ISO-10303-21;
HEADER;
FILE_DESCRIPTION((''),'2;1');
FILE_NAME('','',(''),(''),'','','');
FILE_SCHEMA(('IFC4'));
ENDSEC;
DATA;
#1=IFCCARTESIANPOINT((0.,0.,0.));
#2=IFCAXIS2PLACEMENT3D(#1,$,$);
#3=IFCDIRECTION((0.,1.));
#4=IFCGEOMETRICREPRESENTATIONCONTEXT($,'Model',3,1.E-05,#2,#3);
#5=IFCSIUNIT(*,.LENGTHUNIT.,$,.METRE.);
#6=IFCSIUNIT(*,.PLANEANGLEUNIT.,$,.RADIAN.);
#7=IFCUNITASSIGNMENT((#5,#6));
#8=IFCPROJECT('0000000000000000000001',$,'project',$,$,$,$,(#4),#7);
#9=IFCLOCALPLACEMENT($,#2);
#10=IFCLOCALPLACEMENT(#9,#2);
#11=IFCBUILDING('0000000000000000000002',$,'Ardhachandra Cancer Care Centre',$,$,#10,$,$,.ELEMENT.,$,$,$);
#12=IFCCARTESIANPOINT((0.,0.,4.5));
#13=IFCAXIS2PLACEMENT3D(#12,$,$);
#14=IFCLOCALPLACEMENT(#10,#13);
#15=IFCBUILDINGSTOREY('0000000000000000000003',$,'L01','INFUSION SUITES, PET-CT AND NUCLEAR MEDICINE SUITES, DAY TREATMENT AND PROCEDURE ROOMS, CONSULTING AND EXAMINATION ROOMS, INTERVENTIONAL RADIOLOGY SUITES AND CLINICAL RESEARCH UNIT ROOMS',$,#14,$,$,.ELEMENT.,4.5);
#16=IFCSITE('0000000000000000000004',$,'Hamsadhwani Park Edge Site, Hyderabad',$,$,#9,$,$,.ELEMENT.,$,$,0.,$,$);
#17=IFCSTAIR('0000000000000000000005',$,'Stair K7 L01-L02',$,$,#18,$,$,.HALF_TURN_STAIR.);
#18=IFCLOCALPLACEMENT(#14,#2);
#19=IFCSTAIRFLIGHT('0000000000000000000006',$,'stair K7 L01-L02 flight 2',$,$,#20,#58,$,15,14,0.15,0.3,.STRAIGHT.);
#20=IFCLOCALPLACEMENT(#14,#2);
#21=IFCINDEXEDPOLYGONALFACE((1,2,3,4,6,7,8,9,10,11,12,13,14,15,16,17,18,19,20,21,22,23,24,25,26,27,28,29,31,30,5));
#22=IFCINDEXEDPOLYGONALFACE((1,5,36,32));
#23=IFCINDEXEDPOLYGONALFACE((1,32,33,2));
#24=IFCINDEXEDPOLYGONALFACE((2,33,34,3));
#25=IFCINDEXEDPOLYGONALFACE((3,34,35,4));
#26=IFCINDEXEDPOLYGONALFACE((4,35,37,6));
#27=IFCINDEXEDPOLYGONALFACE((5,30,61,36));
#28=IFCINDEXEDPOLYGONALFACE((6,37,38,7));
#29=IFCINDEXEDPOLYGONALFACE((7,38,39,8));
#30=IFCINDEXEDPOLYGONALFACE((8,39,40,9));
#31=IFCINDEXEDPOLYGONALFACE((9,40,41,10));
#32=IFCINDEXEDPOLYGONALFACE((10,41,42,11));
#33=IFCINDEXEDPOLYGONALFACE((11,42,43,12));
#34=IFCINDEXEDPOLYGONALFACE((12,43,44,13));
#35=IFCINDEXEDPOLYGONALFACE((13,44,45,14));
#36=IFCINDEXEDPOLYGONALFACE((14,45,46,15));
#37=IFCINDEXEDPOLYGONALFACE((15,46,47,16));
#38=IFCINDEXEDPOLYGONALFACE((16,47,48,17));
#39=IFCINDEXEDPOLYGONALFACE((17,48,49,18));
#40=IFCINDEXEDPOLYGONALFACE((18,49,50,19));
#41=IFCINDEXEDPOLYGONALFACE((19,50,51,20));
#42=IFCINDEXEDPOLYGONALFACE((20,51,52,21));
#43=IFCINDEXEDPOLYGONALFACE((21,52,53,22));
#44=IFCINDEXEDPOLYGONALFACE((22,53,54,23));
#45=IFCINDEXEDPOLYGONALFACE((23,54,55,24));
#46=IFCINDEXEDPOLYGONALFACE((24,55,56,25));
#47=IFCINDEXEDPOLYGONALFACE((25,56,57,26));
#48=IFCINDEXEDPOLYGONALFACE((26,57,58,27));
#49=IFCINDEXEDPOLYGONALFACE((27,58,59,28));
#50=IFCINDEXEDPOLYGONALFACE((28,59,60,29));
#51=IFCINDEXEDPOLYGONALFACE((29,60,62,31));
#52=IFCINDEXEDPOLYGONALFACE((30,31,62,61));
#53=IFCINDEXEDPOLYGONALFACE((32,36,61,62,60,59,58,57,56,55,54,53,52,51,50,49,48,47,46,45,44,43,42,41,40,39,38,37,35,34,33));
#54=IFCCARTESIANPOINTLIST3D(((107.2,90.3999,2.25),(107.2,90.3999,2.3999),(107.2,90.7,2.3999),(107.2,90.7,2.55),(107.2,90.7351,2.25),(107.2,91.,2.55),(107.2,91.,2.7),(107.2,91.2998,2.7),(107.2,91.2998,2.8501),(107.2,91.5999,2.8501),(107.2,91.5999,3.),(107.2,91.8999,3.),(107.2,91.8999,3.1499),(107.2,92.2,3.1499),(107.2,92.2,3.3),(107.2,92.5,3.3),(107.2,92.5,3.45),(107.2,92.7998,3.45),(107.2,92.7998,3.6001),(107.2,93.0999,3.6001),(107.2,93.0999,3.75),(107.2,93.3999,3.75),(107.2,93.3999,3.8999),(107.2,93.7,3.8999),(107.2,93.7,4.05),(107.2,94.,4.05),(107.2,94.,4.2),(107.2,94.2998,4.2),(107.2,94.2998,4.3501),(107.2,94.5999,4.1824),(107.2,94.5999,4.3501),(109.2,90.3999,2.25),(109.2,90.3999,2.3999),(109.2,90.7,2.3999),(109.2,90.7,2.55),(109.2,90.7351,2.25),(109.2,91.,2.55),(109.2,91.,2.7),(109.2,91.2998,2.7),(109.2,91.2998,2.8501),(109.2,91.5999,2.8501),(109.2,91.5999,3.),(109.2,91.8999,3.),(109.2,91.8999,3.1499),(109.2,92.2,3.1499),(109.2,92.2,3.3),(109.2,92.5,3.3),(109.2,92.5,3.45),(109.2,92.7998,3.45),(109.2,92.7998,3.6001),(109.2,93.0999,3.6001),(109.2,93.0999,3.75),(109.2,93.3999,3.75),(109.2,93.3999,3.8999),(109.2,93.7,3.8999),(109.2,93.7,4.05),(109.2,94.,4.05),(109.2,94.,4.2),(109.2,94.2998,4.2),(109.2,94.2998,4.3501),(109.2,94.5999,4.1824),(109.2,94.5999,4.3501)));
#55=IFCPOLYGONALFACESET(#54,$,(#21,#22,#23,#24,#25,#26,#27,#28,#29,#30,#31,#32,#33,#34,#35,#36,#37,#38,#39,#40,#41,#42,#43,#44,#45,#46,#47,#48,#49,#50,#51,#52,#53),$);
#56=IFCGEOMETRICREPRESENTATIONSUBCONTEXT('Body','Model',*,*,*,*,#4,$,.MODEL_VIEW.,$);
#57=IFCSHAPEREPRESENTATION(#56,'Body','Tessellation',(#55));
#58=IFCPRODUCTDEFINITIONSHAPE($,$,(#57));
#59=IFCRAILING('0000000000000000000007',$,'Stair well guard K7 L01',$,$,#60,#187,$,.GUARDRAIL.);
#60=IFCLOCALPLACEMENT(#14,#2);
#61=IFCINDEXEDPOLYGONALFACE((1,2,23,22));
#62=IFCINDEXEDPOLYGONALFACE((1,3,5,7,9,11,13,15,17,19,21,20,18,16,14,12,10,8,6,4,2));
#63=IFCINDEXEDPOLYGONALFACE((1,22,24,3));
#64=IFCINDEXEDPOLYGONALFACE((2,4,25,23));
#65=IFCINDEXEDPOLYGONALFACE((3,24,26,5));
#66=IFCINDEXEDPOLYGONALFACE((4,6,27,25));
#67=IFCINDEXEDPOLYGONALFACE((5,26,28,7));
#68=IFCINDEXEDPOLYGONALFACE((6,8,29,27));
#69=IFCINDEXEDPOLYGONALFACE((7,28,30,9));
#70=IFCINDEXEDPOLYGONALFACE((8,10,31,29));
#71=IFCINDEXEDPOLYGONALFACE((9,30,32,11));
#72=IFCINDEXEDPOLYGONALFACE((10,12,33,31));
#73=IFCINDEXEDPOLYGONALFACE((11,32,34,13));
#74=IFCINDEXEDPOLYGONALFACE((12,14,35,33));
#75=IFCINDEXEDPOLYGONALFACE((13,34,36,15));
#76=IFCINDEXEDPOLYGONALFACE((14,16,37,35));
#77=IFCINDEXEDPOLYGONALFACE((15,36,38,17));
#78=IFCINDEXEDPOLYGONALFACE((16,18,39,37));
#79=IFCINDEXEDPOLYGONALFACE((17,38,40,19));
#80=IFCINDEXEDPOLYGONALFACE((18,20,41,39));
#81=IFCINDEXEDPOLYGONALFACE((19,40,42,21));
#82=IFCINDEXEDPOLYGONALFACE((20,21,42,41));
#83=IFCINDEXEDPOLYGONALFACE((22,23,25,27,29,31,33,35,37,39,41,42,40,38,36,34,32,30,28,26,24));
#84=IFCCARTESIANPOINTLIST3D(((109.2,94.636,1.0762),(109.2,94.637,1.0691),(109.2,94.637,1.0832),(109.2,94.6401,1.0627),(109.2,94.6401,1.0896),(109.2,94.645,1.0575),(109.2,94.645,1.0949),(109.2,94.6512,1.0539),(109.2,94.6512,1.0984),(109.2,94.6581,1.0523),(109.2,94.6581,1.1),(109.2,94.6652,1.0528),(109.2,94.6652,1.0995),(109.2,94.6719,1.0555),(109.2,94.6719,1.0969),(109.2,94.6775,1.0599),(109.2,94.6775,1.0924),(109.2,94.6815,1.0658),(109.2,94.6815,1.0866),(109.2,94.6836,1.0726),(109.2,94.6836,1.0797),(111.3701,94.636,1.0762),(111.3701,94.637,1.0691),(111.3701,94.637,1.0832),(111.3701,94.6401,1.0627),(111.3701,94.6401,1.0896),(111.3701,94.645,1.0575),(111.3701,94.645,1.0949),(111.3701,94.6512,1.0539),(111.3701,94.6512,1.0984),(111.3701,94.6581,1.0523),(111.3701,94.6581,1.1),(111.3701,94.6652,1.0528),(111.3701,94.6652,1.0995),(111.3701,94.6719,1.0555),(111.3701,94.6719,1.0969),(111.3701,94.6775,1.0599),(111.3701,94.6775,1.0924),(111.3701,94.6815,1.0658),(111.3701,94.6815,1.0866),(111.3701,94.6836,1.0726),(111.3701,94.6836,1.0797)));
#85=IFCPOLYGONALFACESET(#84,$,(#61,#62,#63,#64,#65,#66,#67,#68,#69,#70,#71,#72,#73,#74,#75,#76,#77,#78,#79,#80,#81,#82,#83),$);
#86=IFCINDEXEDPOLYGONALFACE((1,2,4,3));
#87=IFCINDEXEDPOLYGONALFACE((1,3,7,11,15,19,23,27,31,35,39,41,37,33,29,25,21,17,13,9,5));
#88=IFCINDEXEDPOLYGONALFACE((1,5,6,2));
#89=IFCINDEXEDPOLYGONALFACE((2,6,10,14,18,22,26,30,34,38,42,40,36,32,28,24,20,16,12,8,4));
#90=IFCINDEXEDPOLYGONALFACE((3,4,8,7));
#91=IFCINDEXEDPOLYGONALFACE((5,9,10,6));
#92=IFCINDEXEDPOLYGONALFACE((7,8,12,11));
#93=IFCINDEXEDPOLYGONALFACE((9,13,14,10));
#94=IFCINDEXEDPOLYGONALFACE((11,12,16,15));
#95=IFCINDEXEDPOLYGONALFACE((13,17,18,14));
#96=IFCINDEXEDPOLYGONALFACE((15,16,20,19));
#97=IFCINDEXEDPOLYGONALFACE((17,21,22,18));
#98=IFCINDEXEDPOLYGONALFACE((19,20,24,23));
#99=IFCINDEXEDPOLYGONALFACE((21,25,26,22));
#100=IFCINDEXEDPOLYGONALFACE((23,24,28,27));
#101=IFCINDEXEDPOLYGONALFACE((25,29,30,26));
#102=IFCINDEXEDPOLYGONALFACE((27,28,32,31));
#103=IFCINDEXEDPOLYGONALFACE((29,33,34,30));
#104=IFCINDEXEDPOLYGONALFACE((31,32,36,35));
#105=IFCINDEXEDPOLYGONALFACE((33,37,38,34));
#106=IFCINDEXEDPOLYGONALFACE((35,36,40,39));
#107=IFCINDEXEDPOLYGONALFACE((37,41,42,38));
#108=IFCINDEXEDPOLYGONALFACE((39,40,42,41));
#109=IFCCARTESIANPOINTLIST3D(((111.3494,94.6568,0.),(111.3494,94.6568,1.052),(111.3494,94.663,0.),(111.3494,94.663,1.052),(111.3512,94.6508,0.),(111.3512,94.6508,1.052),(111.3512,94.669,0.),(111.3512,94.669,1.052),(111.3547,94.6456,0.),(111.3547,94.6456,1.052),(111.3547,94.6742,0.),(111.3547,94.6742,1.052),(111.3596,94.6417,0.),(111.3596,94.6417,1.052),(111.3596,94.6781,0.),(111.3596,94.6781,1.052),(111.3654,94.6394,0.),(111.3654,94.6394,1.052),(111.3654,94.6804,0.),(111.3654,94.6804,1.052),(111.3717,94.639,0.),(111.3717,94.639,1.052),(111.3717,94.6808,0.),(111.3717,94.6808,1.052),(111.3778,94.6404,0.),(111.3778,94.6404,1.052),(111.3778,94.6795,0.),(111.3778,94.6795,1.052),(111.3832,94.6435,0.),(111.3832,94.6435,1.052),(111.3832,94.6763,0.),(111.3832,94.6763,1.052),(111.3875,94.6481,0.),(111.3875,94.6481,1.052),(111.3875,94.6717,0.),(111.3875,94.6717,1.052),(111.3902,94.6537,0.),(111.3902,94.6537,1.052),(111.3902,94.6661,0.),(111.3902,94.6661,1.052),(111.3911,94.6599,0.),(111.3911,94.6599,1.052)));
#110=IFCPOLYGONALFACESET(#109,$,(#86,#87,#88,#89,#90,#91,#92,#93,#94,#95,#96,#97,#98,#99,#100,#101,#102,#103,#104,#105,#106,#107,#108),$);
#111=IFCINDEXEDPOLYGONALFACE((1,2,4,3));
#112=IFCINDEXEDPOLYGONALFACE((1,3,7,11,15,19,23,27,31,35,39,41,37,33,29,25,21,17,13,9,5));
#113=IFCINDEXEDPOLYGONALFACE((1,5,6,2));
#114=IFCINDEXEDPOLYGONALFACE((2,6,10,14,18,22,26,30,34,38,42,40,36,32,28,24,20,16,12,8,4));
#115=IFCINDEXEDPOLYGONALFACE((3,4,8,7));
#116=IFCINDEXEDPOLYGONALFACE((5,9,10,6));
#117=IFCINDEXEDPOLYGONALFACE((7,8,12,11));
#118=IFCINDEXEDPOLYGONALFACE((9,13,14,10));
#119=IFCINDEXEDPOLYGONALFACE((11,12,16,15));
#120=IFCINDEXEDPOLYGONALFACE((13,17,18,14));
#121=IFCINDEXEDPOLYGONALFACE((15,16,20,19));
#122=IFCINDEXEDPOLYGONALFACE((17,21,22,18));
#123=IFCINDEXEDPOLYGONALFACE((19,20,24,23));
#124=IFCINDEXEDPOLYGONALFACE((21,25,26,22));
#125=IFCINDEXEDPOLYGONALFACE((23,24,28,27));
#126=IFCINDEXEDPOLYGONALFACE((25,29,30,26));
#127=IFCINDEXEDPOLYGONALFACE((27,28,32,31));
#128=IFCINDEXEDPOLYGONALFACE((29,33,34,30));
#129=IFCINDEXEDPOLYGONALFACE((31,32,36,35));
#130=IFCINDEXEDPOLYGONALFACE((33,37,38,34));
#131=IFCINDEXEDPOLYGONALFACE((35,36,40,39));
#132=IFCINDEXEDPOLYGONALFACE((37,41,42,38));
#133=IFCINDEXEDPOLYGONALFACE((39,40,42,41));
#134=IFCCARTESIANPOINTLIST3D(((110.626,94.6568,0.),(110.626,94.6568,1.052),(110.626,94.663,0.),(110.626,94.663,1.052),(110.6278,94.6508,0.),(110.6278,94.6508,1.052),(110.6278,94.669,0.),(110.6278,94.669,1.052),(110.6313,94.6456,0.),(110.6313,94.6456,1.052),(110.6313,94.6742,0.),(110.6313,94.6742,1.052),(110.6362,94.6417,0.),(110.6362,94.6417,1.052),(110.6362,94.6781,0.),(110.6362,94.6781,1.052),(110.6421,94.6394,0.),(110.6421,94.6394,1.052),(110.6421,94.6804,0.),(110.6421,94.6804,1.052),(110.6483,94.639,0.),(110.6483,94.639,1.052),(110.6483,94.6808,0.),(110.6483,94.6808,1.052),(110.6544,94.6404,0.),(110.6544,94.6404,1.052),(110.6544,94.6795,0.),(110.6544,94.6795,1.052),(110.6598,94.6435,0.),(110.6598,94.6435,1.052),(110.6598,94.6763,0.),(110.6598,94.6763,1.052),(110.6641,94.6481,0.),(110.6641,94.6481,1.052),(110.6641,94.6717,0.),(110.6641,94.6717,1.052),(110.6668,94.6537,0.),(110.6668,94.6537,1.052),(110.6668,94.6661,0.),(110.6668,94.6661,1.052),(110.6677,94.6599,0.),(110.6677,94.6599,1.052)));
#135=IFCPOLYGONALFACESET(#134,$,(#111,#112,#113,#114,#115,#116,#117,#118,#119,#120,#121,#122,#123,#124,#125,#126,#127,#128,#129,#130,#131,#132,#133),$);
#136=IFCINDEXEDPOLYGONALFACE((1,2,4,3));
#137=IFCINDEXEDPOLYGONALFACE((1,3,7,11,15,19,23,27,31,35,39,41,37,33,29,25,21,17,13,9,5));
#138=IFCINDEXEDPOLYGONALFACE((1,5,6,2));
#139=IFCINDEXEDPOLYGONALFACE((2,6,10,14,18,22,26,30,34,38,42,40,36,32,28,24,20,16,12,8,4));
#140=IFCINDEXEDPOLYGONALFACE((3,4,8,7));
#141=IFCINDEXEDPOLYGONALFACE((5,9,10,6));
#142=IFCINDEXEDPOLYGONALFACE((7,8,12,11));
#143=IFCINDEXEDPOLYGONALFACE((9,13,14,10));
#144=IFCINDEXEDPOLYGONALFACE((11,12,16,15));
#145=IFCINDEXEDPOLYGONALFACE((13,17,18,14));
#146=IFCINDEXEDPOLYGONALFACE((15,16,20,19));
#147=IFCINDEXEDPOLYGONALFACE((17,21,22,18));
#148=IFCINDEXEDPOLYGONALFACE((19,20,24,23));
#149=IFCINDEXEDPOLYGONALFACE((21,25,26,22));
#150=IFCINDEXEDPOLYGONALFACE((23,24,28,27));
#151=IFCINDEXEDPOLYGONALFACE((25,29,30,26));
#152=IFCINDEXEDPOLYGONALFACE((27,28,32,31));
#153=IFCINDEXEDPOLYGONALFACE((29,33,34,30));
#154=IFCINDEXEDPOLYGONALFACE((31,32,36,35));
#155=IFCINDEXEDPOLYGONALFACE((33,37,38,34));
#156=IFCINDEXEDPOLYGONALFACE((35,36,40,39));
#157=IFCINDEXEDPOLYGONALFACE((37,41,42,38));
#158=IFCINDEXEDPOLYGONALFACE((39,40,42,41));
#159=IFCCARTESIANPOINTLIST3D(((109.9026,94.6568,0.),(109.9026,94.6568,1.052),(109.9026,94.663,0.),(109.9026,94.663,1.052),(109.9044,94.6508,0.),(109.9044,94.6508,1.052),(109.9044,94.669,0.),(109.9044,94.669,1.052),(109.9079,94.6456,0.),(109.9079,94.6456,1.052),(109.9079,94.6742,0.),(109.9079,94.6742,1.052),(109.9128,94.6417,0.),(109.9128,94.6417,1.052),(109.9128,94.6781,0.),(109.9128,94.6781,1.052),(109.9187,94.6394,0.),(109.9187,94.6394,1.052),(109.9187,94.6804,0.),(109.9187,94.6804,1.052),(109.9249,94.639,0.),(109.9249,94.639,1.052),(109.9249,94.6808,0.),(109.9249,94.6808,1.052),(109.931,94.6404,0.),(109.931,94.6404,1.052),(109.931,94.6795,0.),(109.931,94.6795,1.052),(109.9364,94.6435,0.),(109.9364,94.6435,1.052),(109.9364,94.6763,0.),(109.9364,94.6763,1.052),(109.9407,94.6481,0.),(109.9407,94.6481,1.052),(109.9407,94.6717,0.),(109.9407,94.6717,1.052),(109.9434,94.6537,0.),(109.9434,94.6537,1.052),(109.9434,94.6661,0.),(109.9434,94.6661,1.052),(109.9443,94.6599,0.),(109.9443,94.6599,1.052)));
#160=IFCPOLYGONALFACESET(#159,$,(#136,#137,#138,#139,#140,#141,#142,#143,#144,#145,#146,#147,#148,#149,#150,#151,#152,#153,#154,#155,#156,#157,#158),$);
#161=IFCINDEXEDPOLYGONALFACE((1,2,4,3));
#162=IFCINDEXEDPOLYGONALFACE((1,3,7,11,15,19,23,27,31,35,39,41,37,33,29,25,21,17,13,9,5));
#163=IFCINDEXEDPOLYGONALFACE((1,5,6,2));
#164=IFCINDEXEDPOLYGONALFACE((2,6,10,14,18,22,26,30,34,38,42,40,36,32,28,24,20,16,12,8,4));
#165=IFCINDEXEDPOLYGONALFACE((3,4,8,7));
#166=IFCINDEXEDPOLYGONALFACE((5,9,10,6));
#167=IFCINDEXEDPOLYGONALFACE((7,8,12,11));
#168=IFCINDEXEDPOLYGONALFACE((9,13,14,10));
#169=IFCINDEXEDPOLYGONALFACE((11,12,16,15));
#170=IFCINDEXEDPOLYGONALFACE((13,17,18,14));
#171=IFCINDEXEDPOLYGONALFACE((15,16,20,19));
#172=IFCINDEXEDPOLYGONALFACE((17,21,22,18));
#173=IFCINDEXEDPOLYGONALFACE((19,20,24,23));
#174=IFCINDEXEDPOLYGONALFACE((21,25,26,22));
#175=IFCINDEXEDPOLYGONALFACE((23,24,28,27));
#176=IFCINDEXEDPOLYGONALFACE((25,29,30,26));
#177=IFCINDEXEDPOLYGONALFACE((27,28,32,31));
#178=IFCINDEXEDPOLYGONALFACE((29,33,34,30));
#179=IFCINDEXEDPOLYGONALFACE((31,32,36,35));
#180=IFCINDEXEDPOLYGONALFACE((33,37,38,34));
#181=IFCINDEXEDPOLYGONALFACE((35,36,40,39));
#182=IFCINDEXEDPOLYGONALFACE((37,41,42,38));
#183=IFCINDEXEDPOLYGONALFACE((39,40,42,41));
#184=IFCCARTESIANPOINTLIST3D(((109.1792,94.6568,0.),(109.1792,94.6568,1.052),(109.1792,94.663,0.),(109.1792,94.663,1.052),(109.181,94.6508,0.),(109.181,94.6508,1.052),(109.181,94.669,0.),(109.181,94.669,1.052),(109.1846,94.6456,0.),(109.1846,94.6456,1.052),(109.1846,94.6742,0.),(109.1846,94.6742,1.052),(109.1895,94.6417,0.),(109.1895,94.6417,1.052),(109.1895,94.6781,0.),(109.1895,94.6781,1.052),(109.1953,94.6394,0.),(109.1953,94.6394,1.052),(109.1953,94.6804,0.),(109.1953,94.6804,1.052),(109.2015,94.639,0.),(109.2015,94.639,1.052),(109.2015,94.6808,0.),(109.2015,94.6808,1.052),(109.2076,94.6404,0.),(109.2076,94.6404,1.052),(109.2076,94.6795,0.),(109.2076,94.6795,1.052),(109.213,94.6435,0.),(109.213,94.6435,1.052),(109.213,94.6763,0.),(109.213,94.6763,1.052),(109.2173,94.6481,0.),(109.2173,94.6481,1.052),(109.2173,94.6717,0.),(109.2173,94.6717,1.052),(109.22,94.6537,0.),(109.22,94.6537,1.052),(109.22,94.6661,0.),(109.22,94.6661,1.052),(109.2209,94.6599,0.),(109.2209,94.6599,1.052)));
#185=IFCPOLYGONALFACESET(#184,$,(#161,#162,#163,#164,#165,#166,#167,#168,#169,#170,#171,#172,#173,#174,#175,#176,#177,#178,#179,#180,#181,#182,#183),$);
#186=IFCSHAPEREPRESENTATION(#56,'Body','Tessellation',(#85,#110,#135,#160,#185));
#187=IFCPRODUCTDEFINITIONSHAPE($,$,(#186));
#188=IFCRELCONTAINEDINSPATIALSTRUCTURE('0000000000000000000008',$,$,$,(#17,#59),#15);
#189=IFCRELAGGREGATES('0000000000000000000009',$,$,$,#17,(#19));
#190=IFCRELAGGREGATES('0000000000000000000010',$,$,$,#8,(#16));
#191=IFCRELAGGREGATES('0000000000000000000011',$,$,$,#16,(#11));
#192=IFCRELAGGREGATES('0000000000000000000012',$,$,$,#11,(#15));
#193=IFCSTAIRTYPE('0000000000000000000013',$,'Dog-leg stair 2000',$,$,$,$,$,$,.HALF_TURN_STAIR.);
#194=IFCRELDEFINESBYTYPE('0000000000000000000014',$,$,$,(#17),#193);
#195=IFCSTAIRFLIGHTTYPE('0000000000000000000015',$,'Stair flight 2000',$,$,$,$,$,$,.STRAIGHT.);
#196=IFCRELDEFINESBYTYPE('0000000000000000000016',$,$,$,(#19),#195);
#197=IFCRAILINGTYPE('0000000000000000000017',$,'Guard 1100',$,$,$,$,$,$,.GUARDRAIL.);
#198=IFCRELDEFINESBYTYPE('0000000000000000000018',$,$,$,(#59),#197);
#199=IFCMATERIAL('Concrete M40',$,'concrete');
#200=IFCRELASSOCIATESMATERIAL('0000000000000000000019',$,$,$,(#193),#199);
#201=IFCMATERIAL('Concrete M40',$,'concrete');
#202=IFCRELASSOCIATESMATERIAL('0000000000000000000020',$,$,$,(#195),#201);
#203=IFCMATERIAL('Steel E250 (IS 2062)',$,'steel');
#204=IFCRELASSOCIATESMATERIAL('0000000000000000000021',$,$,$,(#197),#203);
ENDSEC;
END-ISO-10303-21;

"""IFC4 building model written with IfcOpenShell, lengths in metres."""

from ifc_helpers import new_model, si_unit, direction, frame, origin, origin_2d, place, context, subcontext, project, spatial, polyline, circle, outline, extrude, material, type_object, element, aggregate, save


model = new_model("IFC4")

# Units and contexts
model_context = context("Model", 3, precision=1e-05, world=origin(), true_north=direction((0.0, 1.0)))
body_context = subcontext(model_context, "Body", "Model", "MODEL_VIEW")
ifc_project = project(units=[si_unit("LENGTHUNIT", "METRE"), si_unit("PLANEANGLEUNIT", "RADIAN")], contexts=[model_context])

# Site, building, storey
site_placement = place(None, origin())
site = spatial("IfcSite", under=ifc_project, at=site_placement, Name="Hamsadhwani Park Edge Site, Hyderabad", CompositionType="ELEMENT", RefElevation=0.0)
building_placement = place(site_placement, origin())
building = spatial("IfcBuilding", under=site, at=building_placement, Name="Ardhachandra Cancer Care Centre", CompositionType="ELEMENT")
storey_placement = place(building_placement, frame((0.0, 0.0, 4.5)))
storey = spatial("IfcBuildingStorey", under=building, at=storey_placement, Name="L01", Description="INFUSION SUITES, PET-CT AND NUCLEAR MEDICINE SUITES, DAY TREATMENT AND PROCEDURE ROOMS, CONSULTING AND EXAMINATION ROOMS, INTERVENTIONAL RADIOLOGY SUITES AND CLINICAL RESEARCH UNIT ROOMS", CompositionType="ELEMENT", Elevation=4.5)

# Stair, stair flight
ifc_material_1 = material(Name="Concrete M40", Category="concrete")
stair_type = type_object("IfcStairType", Name="Dog-leg stair 2000", PredefinedType="HALF_TURN_STAIR", material=ifc_material_1)
stair_placement = place(storey_placement, origin())
stair = element("IfcStair", 1, at=stair_placement, inside=storey, type_object=stair_type, Name="Stair K7 L01-L02", PredefinedType="HALF_TURN_STAIR")
ifc_material_2 = material(Name="Concrete M40", Category="concrete")
stair_flight_type = type_object("IfcStairFlightType", Name="Stair flight 2000", PredefinedType="STRAIGHT", material=ifc_material_2)
stair_flight_1_placement = place(storey_placement, frame((108.2, 90.3999, 2.25), z_axis=(0.0, 0.0, 1.0), x_axis=(0.0, 1.0, 0.0)))
stair_flight_1 = element("IfcStairFlight", 2, at=stair_flight_1_placement, type_object=stair_flight_type, Name="stair K7 L01-L02 flight 2", NumberOfRisers=15, NumberOfTreads=14, PredefinedType="STRAIGHT", RiserHeight=0.15, TreadLength=0.3, context=body_context, shape_type="SweptSolid", body=[
    extrude(outline(polyline([(0.0, 0.0), (0.0, 0.1499), (0.3, 0.1499), (0.3, 0.3), (0.6001, 0.3), (0.6001, 0.45), (0.8999, 0.45), (0.8999, 0.6001), (1.2, 0.6001), (1.2, 0.75), (1.5, 0.75), (1.5, 0.8999), (1.8, 0.8999), (1.8, 1.05), (2.1001, 1.05), (2.1001, 1.2), (2.3999, 1.2), (2.3999, 1.3501), (2.7, 1.3501), (2.7, 1.5), (3.0, 1.5), (3.0, 1.6499), (3.3, 1.6499), (3.3, 1.8), (3.6001, 1.8), (3.6001, 1.95), (3.8999, 1.95), (3.8999, 2.1001), (4.2, 2.1001), (4.2, 2.25), (4.2, 1.9324), (0.3352, 0.0), (0.0, 0.0)])), frame((0.0, 1.0, 0.0), z_axis=(0.0, -1.0, 0.0), x_axis=(1.0, 0.0, 0.0)), (0.0, 0.0, 1.0), 2.0),
])
aggregate(stair, [stair_flight_1])

# Railing
ifc_material_3 = material(Name="Steel E250 (IS 2062)", Category="steel")
railing_type_1 = type_object("IfcRailingType", Name="Guard 1100", PredefinedType="GUARDRAIL", material=ifc_material_3)
railing_placement = place(storey_placement, frame((111.3701, 94.6599, 0.0)))
element("IfcRailing", 3, at=railing_placement, inside=storey, type_object=railing_type_1, Name="Stair well guard K7 L01", PredefinedType="GUARDRAIL", context=body_context, shape_type="SweptSolid", body=[
    extrude(circle(Radius=0.0239, at=origin_2d()), frame((0.0, 0.0, 1.0762), z_axis=(-1.0, 0.0, 0.0), x_axis=(0.0, -1.0, 0.0)), (0.0, 0.0, 1.0), 2.1702),
    extrude(circle(Radius=0.021, at=origin_2d()), origin(), (0.0, 0.0, 1.0), 1.052),
    extrude(circle(Radius=0.021, at=origin_2d()), frame((-0.7234, 0.0, 0.0)), (0.0, 0.0, 1.0), 1.052),
    extrude(circle(Radius=0.021, at=origin_2d()), frame((-1.4468, 0.0, 0.0)), (0.0, 0.0, 1.0), 1.052),
    extrude(circle(Radius=0.021, at=origin_2d()), frame((-2.1702, 0.0, 0.0)), (0.0, 0.0, 1.0), 1.052),
])

save(model, "model.ifc")
